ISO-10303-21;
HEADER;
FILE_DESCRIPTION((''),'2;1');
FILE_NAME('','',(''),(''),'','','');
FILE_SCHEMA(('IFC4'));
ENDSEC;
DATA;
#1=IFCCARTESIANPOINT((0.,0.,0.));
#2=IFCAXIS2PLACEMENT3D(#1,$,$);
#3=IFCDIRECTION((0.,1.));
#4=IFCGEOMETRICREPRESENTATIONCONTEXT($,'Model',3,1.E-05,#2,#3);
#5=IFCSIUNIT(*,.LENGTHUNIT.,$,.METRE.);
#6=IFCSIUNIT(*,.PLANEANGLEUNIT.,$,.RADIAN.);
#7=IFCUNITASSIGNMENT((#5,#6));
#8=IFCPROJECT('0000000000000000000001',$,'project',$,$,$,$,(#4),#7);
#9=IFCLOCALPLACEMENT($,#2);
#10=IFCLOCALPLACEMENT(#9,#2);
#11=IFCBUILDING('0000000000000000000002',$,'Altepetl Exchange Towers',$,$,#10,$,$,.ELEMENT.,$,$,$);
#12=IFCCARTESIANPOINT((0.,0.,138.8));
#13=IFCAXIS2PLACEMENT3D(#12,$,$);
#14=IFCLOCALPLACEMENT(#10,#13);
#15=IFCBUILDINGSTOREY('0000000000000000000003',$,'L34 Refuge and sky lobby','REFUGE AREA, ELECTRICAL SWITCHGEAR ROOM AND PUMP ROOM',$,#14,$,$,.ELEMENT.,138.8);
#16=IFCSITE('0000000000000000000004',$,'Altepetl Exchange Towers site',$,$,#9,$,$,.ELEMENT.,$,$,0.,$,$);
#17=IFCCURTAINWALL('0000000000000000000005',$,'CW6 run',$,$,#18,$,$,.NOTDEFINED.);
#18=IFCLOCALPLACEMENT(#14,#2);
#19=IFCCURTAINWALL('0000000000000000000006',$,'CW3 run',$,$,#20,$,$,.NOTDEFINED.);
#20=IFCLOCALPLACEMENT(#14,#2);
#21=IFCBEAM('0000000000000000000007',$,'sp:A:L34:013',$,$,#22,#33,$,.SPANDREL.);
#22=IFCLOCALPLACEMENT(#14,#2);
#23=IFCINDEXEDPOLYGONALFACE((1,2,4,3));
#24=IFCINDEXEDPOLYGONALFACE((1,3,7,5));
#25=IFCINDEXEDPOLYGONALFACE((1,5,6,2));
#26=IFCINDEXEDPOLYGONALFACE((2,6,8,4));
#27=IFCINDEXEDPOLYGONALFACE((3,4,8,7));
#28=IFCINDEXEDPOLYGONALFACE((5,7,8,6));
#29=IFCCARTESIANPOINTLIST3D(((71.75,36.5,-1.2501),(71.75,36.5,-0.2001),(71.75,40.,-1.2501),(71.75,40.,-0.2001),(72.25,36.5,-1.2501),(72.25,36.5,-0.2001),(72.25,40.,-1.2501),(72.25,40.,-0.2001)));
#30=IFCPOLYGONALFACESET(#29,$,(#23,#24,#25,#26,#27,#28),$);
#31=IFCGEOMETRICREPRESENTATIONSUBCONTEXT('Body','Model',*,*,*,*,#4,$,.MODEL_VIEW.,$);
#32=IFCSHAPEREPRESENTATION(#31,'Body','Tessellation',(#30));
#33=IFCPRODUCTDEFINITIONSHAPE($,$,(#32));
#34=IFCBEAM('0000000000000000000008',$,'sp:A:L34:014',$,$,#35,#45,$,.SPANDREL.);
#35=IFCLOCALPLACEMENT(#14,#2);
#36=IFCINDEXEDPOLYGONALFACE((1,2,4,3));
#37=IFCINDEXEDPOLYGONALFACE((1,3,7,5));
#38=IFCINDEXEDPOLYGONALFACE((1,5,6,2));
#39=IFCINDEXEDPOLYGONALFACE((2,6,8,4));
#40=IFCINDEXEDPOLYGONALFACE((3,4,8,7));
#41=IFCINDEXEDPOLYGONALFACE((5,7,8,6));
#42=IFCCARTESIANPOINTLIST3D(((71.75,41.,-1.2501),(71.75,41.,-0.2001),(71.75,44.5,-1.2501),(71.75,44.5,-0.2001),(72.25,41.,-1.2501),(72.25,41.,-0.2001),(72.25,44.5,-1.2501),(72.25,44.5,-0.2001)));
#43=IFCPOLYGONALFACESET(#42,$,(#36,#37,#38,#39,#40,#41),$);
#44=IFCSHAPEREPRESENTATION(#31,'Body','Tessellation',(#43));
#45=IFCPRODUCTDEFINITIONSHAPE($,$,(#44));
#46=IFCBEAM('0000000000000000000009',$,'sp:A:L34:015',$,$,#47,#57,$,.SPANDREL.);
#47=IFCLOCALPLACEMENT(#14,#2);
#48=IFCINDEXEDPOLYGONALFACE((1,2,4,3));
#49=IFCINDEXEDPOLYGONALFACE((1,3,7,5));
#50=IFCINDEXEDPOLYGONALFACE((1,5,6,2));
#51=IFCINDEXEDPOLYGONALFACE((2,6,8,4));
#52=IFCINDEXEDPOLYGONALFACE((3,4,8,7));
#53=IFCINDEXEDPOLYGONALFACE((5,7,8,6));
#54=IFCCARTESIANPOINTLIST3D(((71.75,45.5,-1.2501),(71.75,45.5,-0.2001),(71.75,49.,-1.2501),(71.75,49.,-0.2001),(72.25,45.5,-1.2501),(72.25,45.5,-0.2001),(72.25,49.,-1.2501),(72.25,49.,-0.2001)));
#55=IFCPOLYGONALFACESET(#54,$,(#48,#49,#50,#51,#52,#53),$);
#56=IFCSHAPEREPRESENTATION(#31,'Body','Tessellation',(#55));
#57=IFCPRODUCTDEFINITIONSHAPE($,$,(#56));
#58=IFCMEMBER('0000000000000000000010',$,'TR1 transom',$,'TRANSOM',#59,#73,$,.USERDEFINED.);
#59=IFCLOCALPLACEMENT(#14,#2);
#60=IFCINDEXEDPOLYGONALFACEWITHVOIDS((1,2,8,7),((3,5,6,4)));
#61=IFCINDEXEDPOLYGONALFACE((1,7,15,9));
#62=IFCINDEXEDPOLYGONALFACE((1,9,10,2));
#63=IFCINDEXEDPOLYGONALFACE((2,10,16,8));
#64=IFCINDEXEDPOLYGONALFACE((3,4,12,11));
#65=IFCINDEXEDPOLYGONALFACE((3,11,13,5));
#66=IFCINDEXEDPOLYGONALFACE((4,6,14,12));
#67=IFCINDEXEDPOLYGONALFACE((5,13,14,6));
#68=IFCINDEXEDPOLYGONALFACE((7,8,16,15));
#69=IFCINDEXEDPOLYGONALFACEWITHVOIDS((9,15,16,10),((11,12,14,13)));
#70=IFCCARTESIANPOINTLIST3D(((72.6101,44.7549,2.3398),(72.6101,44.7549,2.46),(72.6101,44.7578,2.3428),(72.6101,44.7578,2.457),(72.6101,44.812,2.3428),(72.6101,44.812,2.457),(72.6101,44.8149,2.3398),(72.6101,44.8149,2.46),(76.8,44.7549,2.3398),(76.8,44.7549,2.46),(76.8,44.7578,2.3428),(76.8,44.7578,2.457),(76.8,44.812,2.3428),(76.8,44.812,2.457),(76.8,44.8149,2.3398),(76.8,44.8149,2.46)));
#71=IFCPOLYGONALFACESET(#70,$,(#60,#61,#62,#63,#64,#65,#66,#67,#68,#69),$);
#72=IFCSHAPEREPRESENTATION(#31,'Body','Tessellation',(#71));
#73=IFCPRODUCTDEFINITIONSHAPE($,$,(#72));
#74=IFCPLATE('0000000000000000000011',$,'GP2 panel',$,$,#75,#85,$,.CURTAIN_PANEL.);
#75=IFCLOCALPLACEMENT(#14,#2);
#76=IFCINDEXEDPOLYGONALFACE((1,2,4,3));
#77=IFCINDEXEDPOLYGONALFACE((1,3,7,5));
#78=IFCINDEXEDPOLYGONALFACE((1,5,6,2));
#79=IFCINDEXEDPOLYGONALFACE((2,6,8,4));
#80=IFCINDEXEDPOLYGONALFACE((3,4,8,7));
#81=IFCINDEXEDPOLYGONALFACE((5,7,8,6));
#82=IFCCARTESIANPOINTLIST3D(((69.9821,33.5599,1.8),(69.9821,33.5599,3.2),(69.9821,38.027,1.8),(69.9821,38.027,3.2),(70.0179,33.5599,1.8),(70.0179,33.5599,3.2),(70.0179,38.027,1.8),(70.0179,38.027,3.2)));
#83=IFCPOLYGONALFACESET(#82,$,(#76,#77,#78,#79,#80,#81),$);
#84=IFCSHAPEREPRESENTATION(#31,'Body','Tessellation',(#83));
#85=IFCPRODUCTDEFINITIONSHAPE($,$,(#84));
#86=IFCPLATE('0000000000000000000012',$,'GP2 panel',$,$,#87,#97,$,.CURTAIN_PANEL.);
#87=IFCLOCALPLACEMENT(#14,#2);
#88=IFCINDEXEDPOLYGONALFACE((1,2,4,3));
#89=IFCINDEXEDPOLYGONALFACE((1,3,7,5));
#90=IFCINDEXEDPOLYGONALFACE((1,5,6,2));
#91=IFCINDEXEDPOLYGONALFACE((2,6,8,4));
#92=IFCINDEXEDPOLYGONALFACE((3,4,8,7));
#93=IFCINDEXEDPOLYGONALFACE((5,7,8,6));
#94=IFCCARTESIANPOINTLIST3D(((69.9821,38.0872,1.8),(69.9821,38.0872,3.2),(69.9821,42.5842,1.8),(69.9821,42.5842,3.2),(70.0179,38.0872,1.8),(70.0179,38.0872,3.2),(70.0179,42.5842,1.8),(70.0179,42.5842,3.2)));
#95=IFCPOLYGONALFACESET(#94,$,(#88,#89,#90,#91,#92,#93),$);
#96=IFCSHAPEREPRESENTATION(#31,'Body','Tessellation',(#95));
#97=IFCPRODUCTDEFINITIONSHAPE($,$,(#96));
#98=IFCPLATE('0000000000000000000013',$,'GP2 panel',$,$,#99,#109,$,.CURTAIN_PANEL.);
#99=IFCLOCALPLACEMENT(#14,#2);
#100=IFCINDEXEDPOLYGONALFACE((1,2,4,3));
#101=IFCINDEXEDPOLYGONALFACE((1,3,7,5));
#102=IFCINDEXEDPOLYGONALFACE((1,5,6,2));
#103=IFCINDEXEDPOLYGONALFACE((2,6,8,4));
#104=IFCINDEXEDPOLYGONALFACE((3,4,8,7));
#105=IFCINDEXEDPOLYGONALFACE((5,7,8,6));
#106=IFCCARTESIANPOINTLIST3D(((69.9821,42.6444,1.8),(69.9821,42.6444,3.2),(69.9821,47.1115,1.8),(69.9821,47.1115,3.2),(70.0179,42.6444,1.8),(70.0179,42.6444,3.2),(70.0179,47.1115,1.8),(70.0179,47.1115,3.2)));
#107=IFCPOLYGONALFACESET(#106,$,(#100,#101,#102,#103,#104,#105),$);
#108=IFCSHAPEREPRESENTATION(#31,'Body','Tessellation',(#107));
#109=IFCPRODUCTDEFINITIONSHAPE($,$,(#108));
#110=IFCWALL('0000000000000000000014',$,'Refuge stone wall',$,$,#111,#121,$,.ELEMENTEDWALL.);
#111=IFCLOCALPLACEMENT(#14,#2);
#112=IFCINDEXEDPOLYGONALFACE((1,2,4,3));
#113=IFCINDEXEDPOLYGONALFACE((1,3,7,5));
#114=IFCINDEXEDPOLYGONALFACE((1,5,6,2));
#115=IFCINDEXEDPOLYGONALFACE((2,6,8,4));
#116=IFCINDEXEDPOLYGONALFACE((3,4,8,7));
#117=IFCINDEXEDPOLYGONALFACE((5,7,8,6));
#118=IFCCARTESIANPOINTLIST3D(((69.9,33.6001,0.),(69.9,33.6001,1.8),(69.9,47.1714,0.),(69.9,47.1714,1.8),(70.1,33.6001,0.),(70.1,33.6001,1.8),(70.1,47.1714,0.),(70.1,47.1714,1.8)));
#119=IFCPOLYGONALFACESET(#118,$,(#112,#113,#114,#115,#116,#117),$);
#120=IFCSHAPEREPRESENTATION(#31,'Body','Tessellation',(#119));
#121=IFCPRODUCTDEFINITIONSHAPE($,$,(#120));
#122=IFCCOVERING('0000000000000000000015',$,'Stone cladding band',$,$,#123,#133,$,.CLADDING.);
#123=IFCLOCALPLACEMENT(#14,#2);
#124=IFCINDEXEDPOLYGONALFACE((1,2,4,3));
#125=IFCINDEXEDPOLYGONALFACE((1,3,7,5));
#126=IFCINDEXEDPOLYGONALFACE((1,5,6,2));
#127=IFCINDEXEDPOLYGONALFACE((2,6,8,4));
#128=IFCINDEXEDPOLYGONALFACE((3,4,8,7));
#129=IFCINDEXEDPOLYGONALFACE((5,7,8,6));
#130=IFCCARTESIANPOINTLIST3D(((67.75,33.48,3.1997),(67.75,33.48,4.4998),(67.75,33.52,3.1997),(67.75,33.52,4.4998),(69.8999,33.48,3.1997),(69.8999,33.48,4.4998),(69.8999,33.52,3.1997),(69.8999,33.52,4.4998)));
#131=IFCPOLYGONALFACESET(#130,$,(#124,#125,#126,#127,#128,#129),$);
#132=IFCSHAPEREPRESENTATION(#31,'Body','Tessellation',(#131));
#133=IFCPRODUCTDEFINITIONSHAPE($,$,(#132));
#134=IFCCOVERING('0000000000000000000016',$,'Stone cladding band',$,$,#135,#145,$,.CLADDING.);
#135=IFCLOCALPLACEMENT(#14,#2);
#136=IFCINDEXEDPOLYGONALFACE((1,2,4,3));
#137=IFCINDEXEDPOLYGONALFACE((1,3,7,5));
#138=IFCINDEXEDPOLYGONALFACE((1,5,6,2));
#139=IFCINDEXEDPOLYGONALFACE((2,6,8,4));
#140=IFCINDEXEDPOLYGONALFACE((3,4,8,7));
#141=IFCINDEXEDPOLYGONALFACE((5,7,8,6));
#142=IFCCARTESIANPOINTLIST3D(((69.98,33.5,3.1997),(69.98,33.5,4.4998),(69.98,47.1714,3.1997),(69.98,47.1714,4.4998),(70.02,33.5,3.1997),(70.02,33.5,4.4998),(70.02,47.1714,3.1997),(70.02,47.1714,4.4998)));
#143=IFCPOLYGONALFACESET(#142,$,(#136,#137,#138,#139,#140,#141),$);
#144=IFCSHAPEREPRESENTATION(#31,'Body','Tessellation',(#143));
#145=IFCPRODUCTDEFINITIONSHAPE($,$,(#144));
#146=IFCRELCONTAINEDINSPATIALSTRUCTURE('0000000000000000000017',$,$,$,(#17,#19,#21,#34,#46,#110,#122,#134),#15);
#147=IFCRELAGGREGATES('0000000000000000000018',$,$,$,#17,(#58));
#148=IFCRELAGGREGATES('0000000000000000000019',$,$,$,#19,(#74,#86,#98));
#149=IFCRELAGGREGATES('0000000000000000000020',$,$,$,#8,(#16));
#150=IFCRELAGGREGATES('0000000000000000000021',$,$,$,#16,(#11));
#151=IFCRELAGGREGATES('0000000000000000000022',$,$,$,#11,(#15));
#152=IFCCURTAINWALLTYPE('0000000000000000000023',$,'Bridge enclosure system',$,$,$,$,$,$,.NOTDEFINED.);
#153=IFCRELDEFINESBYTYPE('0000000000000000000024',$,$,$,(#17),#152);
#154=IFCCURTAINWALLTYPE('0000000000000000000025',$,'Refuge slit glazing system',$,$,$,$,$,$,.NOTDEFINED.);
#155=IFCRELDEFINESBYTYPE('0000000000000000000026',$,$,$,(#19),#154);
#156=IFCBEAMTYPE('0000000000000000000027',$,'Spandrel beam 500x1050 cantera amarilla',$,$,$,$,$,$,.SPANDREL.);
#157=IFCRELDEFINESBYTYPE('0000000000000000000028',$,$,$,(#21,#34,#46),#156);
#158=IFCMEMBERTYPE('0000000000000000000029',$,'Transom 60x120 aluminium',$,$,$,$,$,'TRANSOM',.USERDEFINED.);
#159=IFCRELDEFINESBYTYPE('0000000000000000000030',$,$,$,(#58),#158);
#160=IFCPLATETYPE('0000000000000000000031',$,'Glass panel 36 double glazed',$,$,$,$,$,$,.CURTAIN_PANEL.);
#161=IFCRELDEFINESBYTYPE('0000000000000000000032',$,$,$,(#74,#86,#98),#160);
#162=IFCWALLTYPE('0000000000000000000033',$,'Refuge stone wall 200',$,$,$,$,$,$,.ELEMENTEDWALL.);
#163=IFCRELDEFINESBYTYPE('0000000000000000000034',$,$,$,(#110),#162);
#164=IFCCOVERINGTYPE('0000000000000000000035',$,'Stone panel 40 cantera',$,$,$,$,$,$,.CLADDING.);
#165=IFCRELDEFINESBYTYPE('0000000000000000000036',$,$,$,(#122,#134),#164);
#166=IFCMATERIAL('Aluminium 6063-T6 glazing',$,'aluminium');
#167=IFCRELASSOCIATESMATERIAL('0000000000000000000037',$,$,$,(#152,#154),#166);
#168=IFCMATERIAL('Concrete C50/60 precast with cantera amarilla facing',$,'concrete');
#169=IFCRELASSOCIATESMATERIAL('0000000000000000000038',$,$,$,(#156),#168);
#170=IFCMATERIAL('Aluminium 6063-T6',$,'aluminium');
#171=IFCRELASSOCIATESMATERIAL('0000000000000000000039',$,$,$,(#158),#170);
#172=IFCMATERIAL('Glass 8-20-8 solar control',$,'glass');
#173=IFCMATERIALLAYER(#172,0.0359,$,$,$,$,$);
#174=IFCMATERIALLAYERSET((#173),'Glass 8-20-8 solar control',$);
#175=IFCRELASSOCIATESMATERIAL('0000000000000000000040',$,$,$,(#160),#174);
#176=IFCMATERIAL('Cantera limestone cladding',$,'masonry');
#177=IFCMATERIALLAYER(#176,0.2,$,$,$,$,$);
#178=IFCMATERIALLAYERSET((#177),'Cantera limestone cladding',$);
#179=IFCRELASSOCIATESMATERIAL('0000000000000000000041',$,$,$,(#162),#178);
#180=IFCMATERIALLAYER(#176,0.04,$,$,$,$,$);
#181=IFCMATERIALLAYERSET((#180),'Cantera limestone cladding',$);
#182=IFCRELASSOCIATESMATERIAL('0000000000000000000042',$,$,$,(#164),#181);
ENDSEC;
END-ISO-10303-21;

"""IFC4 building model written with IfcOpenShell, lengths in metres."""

from ifc_helpers import new_model, si_unit, direction, frame, frame_2d, origin, origin_2d, place, context, subcontext, project, spatial, rectangle, hollow_rectangle, extrude, material, layer, layer_set, material_profile, profile_set, type_object, element, aggregate, save


model = new_model("IFC4")

# Units and contexts
model_context = context("Model", 3, precision=1e-05, world=origin(), true_north=direction((0.0, 1.0)))
body_context = subcontext(model_context, "Body", "Model", "MODEL_VIEW")
ifc_project = project(units=[si_unit("LENGTHUNIT", "METRE"), si_unit("PLANEANGLEUNIT", "RADIAN")], contexts=[model_context])

# Site, building, storey
site_placement = place(None, origin())
site = spatial("IfcSite", under=ifc_project, at=site_placement, Name="Altepetl Exchange Towers site", CompositionType="ELEMENT", RefElevation=0.0)
building_placement = place(site_placement, origin())
building = spatial("IfcBuilding", under=site, at=building_placement, Name="Altepetl Exchange Towers", CompositionType="ELEMENT")
storey_placement = place(building_placement, frame((0.0, 0.0, 138.8)))
storey = spatial("IfcBuildingStorey", under=building, at=storey_placement, Name="L34 Refuge and sky lobby", Description="REFUGE AREA, ELECTRICAL SWITCHGEAR ROOM AND PUMP ROOM", CompositionType="ELEMENT", Elevation=138.8)

# Curtain wall
ifc_material_1 = material(Name="Aluminium 6063-T6 glazing", Category="aluminium")
curtain_wall_type_1 = type_object("IfcCurtainWallType", Name="Bridge enclosure system", PredefinedType="NOTDEFINED", material=ifc_material_1)
curtain_wall_1_placement = place(storey_placement, origin())
curtain_wall_1 = element("IfcCurtainWall", 1, at=curtain_wall_1_placement, inside=storey, type_object=curtain_wall_type_1, Name="CW6 run", PredefinedType="NOTDEFINED")
ifc_material_2 = material(Name="Aluminium 6063-T6", Category="aluminium")
curtain_wall_type_2 = type_object("IfcCurtainWallType", Name="Refuge slit glazing system", PredefinedType="NOTDEFINED", material=ifc_material_1)

# Curtain wall
curtain_wall_2_placement = place(storey_placement, origin())
curtain_wall_2 = element("IfcCurtainWall", 2, at=curtain_wall_2_placement, inside=storey, type_object=curtain_wall_type_2, Name="CW3 run", PredefinedType="NOTDEFINED")

# Beams
ifc_material_3 = material(Name="Concrete C50/60 precast with cantera amarilla facing", Category="concrete")
ifc_material_profile_1 = material_profile(ifc_material_3, rectangle(XDim=0.5, YDim=1.05, at=origin_2d()), Name="500 x 1050")
ifc_profile_set_1 = profile_set([ifc_material_profile_1], Name="Concrete C50/60 precast with cantera amarilla facing")
beam_type_1 = type_object("IfcBeamType", Name="Spandrel beam 500x1050 cantera amarilla", PredefinedType="SPANDREL", material=ifc_profile_set_1)
for number, where, z_axis, x_axis, name in (
    (3, (72.0, 36.5, -0.7251), (0.0, 1.0, 0.0), (-1.0, 0.0, 0.0), "sp:A:L34:013"),
    (4, (72.0, 41.0, -0.7251), (0.0, 1.0, 0.0), (-1.0, 0.0, 0.0), "sp:A:L34:014"),
    (5, (72.0, 45.5, -0.7251), (0.0, 1.0, 0.0), (-1.0, 0.0, 0.0), "sp:A:L34:015"),
):
    element("IfcBeam", number, at=place(storey_placement, frame(where, z_axis=z_axis, x_axis=x_axis)), inside=storey, type_object=beam_type_1, Name=name, PredefinedType="SPANDREL", context=body_context, shape_type="SweptSolid", body=[
        extrude(rectangle(XDim=0.5, YDim=1.05, at=origin_2d()), origin(), (0.0, 0.0, 1.0), 3.5),
    ])

# Member
ifc_material_profile_2 = material_profile(ifc_material_2, hollow_rectangle(XDim=0.0601, YDim=0.1201, WallThickness=0.0029, at=origin_2d()), Name="Transom 60x120 aluminium")
ifc_profile_set_2 = profile_set([ifc_material_profile_2], Name="Aluminium 6063-T6")
member_type_1 = type_object("IfcMemberType", Name="Transom 60x120 aluminium", ElementType="TRANSOM", PredefinedType="USERDEFINED", material=ifc_profile_set_2)
member_1_placement = place(storey_placement, frame((72.6101, 44.7849, 2.3999), z_axis=(1.0, 0.0, 0.0), x_axis=(0.0, 1.0, 0.0)))
member_1 = element("IfcMember", 6, at=member_1_placement, type_object=member_type_1, Name="TR1 transom", ObjectType="TRANSOM", PredefinedType="USERDEFINED", context=body_context, shape_type="SweptSolid", body=[
    extrude(hollow_rectangle(XDim=0.0601, YDim=0.1201, WallThickness=0.0029, at=origin_2d()), origin(), (0.0, 0.0, 1.0), 4.1899),
])
aggregate(curtain_wall_1, [member_1])

# Plates
ifc_material_4 = material(Name="Glass 8-20-8 solar control", Category="glass")
ifc_layer_1 = layer(ifc_material_4, 0.0359)
ifc_layer_set_1 = layer_set([ifc_layer_1], Name="Glass 8-20-8 solar control")
plate_type = type_object("IfcPlateType", Name="Glass panel 36 double glazed", PredefinedType="CURTAIN_PANEL", material=ifc_layer_set_1)
plate_1_placement = place(storey_placement, frame((70.0, 35.7935, 1.8), z_axis=(0.0, 0.0, 1.0), x_axis=(0.0, 1.0, 0.0)))
plate_1 = element("IfcPlate", 7, at=plate_1_placement, type_object=plate_type, Name="GP2 panel", PredefinedType="CURTAIN_PANEL", context=body_context, shape_type="SweptSolid", body=[
    extrude(rectangle(XDim=4.467, YDim=0.0359, at=origin_2d()), origin(), (0.0, 0.0, 1.0), 1.3999),
])
plate_2_placement = place(storey_placement, frame((70.0, 40.3357, 1.8), z_axis=(0.0, 0.0, 1.0), x_axis=(0.0, 1.0, 0.0)))
plate_2 = element("IfcPlate", 8, at=plate_2_placement, type_object=plate_type, Name="GP2 panel", PredefinedType="CURTAIN_PANEL", context=body_context, shape_type="SweptSolid", body=[
    extrude(rectangle(XDim=4.4971, YDim=0.0359, at=origin_2d()), origin(), (0.0, 0.0, 1.0), 1.3999),
])
plate_3_placement = place(storey_placement, frame((70.0, 44.8779, 1.8), z_axis=(0.0, 0.0, 1.0), x_axis=(0.0, 1.0, 0.0)))
plate_3 = element("IfcPlate", 9, at=plate_3_placement, type_object=plate_type, Name="GP2 panel", PredefinedType="CURTAIN_PANEL", context=body_context, shape_type="SweptSolid", body=[
    extrude(rectangle(XDim=4.467, YDim=0.0359, at=origin_2d()), origin(), (0.0, 0.0, 1.0), 1.3999),
])
aggregate(curtain_wall_2, [plate_1, plate_2, plate_3])

# Wall
ifc_material_5 = material(Name="Cantera limestone cladding", Category="masonry")
ifc_layer_2 = layer(ifc_material_5, 0.2)
ifc_layer_set_2 = layer_set([ifc_layer_2], Name="Cantera limestone cladding")
wall_type_1 = type_object("IfcWallType", Name="Refuge stone wall 200", PredefinedType="ELEMENTEDWALL", material=ifc_layer_set_2)
wall_1_placement = place(storey_placement, frame((70.0, 33.6001, 0.0), z_axis=(0.0, 0.0, 1.0), x_axis=(0.0, 1.0, 0.0)))
element("IfcWall", 10, at=wall_1_placement, inside=storey, type_object=wall_type_1, Name="Refuge stone wall", PredefinedType="ELEMENTEDWALL", context=body_context, shape_type="SweptSolid", body=[
    extrude(rectangle(XDim=13.5713, YDim=0.2, at=frame_2d((6.7856, 0.0))), origin(), (0.0, 0.0, 1.0), 1.8),
])

# Coverings
ifc_layer_3 = layer(ifc_material_5, 0.04)
ifc_layer_set_3 = layer_set([ifc_layer_3], Name="Cantera limestone cladding")
covering_type = type_object("IfcCoveringType", Name="Stone panel 40 cantera", PredefinedType="CLADDING", material=ifc_layer_set_3)
covering_1_placement = place(storey_placement, frame((68.825, 33.5, 3.1997)))
element("IfcCovering", 11, at=covering_1_placement, inside=storey, type_object=covering_type, Name="Stone cladding band", PredefinedType="CLADDING", context=body_context, shape_type="SweptSolid", body=[
    extrude(rectangle(XDim=2.1499, YDim=0.04, at=origin_2d()), origin(), (0.0, 0.0, 1.0), 1.3),
])
covering_2_placement = place(storey_placement, frame((70.0, 40.3357, 3.1997), z_axis=(0.0, 0.0, 1.0), x_axis=(0.0, 1.0, 0.0)))
element("IfcCovering", 12, at=covering_2_placement, inside=storey, type_object=covering_type, Name="Stone cladding band", PredefinedType="CLADDING", context=body_context, shape_type="SweptSolid", body=[
    extrude(rectangle(XDim=13.6714, YDim=0.04, at=origin_2d()), origin(), (0.0, 0.0, 1.0), 1.3),
])

save(model, "model.ifc")
